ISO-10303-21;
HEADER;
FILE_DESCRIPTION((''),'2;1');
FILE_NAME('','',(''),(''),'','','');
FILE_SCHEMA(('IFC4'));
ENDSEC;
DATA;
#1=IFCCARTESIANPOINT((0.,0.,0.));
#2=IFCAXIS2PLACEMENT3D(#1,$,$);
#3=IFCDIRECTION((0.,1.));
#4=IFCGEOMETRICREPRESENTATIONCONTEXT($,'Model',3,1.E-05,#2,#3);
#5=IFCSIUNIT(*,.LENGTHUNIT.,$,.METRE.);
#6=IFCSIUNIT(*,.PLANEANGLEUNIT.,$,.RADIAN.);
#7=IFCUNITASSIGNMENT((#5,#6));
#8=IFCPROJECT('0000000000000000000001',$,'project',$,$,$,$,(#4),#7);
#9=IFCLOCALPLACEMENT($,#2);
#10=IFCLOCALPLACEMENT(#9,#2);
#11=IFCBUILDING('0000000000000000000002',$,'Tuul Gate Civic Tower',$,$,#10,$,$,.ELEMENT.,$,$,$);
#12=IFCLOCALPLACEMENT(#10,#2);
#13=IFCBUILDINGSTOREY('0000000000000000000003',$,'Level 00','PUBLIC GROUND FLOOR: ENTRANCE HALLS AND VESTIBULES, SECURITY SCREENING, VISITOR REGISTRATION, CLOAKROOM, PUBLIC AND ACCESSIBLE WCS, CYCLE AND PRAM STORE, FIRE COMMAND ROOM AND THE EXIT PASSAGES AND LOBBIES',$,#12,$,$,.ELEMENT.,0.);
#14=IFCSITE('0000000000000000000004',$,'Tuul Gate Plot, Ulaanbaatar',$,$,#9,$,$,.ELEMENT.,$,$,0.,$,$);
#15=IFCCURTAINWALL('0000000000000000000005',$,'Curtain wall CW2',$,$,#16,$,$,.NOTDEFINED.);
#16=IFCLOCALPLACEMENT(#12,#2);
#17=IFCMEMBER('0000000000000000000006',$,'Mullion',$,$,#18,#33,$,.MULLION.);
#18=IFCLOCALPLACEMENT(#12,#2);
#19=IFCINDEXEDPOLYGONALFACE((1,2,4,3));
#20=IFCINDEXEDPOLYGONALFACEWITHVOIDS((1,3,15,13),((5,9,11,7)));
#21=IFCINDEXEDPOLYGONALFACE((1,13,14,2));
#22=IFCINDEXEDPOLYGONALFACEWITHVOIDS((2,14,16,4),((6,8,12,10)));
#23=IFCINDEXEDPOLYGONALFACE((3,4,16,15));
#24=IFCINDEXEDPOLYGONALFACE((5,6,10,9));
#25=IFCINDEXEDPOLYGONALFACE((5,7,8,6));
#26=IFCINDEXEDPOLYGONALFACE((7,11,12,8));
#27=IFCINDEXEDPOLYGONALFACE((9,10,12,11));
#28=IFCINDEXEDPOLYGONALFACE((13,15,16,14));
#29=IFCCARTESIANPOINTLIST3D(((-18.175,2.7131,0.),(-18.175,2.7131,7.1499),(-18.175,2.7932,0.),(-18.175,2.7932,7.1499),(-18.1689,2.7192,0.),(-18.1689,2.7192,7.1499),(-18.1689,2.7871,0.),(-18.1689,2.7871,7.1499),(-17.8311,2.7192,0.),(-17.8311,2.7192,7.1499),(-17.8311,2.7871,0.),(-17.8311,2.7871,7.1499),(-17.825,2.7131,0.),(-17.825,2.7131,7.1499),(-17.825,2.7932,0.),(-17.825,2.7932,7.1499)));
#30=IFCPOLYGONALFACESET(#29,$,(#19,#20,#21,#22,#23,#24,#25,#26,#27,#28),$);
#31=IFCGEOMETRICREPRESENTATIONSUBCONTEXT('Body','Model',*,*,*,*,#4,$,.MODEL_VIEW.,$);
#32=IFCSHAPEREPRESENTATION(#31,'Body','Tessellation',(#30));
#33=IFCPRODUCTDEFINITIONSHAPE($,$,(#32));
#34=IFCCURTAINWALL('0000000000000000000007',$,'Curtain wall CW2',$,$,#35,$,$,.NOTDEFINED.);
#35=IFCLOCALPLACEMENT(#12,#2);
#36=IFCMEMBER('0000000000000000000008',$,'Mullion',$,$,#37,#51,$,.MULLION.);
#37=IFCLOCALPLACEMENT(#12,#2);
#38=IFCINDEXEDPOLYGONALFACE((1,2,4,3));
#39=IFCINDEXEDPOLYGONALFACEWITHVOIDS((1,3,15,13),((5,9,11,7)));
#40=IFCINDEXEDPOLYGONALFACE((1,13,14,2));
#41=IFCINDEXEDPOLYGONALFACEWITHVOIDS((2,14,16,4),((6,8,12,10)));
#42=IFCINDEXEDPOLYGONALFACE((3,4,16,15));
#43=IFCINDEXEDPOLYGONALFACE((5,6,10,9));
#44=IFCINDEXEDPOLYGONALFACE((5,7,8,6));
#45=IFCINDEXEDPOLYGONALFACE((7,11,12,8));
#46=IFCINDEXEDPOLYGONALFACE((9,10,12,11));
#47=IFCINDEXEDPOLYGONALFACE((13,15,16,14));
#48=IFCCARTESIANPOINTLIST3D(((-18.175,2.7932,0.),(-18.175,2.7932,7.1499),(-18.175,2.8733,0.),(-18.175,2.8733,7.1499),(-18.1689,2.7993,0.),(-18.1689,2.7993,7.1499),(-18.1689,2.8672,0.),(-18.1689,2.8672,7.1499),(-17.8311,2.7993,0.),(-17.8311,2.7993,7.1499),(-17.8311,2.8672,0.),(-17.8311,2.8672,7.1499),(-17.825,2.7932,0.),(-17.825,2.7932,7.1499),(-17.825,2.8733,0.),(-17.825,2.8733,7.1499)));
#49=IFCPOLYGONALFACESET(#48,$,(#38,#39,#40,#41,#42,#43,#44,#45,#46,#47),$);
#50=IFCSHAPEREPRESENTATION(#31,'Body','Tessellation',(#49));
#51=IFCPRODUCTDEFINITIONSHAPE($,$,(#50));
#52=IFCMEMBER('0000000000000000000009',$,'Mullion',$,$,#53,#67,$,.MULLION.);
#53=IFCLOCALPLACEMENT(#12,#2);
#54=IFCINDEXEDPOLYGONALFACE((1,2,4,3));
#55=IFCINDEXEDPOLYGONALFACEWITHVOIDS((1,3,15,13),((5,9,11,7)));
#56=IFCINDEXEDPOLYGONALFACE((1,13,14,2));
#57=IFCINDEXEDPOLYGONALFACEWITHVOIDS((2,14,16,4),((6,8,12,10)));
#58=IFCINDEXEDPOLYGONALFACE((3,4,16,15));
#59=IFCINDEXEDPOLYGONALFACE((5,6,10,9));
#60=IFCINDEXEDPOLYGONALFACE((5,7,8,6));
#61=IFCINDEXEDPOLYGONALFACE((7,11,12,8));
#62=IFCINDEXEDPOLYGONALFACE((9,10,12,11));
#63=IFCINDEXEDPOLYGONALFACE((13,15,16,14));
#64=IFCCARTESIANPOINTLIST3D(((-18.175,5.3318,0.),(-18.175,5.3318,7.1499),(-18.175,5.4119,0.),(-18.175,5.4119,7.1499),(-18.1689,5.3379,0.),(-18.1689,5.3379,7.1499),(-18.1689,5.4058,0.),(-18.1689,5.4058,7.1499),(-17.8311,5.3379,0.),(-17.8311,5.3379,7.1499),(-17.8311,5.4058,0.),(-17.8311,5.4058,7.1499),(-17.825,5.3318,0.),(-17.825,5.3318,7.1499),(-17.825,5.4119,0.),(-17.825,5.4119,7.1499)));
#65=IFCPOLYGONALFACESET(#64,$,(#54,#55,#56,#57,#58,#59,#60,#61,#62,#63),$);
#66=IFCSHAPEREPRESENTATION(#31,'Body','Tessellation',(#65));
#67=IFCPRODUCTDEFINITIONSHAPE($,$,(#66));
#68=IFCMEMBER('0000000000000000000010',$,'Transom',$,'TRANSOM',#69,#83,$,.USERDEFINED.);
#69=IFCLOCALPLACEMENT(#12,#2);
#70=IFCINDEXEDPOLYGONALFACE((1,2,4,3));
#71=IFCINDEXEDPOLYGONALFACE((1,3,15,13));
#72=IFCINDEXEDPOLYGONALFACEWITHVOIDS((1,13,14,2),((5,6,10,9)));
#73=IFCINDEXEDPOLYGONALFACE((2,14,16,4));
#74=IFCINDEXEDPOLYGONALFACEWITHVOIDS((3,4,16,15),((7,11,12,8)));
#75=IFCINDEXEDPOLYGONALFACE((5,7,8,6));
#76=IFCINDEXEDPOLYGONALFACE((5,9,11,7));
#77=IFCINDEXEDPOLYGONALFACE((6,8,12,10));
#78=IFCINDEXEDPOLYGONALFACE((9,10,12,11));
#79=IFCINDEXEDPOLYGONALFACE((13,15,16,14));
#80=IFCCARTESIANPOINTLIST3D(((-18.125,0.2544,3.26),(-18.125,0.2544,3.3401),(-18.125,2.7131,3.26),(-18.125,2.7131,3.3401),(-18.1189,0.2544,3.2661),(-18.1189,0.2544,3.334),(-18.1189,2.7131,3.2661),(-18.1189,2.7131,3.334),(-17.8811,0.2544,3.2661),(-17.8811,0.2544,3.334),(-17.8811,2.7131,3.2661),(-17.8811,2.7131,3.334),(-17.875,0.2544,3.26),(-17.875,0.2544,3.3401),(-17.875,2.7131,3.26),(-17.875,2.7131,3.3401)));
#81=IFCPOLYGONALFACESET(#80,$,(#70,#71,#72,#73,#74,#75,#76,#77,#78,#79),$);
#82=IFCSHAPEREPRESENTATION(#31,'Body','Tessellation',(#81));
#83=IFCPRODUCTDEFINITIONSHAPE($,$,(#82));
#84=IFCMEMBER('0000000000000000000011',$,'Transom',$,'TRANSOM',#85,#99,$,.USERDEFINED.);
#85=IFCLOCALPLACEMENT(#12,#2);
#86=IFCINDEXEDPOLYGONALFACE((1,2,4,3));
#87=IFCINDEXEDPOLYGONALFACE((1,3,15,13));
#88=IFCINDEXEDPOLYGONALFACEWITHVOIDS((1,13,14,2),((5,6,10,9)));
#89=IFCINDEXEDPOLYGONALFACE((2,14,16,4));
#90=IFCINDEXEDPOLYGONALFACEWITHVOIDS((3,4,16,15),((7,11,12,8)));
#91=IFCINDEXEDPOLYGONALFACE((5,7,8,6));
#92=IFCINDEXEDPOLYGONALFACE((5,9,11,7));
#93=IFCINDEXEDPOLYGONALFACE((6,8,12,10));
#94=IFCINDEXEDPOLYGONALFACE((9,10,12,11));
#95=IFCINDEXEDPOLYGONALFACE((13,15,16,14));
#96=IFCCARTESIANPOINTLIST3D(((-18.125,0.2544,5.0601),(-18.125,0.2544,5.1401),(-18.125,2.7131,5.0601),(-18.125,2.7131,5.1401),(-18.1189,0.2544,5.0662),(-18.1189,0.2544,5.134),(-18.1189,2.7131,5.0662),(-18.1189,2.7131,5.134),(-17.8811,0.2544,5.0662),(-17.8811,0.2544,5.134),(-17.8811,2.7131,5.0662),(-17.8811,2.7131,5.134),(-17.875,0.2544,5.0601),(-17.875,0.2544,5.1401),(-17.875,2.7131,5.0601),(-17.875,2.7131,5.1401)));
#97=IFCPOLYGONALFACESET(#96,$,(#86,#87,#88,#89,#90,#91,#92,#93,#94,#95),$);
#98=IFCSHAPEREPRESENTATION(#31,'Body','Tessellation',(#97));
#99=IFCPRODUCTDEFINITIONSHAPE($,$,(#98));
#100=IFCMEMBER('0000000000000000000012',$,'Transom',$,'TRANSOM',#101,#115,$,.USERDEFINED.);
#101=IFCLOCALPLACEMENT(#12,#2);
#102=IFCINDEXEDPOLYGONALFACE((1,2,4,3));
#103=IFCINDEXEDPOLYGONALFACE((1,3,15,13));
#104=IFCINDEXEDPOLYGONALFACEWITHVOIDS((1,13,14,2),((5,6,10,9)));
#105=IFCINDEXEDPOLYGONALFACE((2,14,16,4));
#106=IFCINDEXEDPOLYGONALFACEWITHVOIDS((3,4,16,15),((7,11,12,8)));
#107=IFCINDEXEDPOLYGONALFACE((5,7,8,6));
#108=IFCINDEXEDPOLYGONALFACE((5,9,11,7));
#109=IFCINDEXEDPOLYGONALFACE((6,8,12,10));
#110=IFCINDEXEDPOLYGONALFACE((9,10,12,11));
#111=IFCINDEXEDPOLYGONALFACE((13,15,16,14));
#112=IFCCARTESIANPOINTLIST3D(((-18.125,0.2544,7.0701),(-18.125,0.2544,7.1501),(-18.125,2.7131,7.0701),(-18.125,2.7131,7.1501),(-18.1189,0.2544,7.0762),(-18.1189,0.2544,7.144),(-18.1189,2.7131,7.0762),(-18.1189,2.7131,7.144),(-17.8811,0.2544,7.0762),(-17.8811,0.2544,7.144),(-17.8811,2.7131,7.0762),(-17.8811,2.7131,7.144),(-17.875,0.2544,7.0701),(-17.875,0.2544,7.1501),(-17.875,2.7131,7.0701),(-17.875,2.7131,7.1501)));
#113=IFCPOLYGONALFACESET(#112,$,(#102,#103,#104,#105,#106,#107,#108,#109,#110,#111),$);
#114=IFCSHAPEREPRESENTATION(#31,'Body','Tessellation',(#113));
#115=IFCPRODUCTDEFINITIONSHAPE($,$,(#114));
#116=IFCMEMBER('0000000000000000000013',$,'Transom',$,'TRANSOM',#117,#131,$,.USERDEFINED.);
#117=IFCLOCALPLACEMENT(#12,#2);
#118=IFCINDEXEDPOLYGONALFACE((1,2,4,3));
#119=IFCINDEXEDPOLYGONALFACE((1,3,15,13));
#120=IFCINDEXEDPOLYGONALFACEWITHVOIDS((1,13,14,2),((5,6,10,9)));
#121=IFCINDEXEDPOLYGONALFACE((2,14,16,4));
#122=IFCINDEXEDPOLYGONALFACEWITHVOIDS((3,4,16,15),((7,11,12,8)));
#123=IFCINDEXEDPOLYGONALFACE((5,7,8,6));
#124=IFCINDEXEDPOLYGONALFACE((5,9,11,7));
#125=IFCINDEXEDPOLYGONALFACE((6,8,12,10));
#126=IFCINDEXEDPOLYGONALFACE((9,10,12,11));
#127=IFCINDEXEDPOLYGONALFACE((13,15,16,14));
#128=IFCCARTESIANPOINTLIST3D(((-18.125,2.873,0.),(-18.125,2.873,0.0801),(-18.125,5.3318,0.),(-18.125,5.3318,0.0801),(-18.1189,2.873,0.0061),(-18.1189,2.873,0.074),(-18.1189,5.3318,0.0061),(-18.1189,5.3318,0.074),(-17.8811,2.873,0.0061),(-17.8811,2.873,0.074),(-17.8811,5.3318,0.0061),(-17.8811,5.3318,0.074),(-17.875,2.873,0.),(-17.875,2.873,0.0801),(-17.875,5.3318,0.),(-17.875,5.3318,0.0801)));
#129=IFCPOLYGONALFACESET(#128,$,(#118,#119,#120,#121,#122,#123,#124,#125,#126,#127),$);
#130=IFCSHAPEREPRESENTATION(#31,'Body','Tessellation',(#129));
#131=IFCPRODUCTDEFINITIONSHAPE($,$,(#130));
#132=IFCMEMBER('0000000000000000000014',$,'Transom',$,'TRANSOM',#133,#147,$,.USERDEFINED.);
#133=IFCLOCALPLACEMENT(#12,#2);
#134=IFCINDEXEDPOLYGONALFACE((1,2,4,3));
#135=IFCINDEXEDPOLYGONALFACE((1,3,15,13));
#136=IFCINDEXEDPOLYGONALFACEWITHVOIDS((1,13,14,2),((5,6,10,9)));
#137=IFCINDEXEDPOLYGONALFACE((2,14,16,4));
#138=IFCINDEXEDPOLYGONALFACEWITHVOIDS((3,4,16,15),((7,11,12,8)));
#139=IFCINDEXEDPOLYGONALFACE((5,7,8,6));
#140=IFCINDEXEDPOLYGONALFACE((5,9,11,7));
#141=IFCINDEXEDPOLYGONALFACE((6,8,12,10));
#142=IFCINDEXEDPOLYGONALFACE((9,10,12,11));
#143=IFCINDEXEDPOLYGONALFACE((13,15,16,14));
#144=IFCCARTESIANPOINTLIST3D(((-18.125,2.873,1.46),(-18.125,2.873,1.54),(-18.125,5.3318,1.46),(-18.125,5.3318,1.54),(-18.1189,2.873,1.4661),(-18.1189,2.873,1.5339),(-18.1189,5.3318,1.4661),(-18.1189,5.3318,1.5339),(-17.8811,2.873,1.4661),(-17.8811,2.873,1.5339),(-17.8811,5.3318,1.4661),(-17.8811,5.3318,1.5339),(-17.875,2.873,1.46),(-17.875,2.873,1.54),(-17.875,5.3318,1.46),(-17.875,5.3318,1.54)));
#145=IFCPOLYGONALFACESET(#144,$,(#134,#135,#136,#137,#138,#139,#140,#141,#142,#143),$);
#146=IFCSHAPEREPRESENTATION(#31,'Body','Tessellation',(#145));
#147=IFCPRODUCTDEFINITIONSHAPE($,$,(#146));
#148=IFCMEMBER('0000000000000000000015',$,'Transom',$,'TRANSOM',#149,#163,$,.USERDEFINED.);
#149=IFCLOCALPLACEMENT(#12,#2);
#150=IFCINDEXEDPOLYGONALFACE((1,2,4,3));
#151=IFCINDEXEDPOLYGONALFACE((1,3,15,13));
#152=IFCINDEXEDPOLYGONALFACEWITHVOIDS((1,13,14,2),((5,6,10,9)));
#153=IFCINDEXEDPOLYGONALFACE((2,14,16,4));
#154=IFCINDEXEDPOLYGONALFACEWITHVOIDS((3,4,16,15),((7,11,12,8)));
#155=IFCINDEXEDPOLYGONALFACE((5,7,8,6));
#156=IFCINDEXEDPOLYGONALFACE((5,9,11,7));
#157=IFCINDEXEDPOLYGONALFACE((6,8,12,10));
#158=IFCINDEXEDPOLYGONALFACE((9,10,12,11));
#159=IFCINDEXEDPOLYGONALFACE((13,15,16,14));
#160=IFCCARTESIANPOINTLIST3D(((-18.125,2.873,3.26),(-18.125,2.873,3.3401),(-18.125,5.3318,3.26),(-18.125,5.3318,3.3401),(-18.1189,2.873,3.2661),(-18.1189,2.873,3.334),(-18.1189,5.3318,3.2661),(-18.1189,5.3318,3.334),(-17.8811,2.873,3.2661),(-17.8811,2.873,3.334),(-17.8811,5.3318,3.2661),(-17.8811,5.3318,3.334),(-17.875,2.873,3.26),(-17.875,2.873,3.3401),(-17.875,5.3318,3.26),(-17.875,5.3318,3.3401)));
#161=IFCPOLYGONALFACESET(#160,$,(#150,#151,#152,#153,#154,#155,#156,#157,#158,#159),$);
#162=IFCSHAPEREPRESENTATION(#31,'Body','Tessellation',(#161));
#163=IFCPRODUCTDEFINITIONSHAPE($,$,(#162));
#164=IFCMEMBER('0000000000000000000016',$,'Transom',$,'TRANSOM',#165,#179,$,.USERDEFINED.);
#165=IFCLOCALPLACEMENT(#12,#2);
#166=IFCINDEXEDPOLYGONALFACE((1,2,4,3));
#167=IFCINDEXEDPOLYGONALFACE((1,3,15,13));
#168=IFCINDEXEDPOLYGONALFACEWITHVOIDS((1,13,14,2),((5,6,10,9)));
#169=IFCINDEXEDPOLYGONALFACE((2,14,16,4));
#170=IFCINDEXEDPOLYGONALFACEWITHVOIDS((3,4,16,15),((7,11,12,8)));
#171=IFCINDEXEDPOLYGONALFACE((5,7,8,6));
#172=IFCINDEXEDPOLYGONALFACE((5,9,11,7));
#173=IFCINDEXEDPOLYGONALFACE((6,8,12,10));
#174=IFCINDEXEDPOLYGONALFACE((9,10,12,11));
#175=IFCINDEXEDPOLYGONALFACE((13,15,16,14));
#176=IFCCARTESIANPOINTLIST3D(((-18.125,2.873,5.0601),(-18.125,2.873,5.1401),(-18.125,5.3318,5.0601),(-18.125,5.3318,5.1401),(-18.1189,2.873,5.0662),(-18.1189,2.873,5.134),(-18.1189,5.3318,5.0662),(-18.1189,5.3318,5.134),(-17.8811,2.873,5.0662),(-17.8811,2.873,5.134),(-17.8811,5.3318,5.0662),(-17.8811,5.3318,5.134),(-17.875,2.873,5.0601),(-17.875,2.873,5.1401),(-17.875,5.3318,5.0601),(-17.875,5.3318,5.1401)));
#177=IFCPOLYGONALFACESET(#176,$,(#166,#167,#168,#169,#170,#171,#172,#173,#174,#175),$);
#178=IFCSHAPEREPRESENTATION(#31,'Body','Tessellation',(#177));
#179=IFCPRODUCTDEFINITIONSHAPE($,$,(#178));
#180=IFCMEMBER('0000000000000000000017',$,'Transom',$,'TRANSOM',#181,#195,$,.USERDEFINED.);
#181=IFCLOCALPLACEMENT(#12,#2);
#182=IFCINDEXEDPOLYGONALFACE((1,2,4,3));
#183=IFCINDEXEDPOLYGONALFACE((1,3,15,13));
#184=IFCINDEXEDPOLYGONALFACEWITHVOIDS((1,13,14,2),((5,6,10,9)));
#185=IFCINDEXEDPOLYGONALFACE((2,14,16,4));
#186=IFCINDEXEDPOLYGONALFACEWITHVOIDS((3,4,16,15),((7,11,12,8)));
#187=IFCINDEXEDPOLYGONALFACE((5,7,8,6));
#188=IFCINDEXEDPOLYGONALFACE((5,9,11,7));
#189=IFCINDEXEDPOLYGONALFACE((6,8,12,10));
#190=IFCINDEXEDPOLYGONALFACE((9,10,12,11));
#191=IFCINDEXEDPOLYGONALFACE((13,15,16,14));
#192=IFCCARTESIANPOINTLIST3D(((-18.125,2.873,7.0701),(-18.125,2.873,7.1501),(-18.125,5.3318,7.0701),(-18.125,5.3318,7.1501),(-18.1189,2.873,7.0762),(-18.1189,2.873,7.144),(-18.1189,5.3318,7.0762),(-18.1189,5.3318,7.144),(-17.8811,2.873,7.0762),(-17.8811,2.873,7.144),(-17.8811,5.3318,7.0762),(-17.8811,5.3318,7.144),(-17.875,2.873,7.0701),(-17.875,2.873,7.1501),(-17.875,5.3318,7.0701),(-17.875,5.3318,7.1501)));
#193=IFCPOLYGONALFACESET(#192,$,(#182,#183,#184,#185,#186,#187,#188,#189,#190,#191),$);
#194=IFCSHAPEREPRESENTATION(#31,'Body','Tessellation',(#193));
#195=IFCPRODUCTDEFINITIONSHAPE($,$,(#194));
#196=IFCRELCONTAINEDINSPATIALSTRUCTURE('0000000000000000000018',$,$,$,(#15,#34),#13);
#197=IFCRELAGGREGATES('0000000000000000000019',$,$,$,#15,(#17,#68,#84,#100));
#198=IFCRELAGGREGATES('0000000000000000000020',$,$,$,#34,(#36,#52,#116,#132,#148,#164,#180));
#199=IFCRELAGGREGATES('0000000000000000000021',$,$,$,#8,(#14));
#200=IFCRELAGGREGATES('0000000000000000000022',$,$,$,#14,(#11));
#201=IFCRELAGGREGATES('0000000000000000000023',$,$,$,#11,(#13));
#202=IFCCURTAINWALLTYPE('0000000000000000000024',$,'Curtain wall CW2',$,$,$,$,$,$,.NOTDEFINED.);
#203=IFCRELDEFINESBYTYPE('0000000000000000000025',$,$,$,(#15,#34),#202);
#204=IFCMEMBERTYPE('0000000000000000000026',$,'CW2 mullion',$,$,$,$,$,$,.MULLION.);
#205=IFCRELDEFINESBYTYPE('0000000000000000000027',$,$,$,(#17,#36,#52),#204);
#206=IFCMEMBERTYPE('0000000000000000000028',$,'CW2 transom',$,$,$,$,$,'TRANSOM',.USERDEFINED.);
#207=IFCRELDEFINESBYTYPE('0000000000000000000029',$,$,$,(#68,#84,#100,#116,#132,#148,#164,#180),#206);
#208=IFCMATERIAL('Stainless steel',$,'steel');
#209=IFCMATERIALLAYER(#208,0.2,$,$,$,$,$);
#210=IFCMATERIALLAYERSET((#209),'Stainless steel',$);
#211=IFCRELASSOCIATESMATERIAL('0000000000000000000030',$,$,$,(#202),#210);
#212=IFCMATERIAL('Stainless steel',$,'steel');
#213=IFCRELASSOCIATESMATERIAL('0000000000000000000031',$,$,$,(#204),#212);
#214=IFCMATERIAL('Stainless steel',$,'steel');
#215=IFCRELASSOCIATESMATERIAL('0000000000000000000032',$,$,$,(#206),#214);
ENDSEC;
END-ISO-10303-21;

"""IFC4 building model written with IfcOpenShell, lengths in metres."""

from ifc_helpers import new_model, si_unit, direction, frame, origin, origin_2d, place, context, subcontext, project, spatial, hollow_rectangle, extrude, material, layer, layer_set, material_profile, profile_set, type_object, element, aggregate, save


model = new_model("IFC4")

# Units and contexts
model_context = context("Model", 3, precision=1e-05, world=origin(), true_north=direction((0.0, 1.0)))
body_context = subcontext(model_context, "Body", "Model", "MODEL_VIEW")
ifc_project = project(units=[si_unit("LENGTHUNIT", "METRE"), si_unit("PLANEANGLEUNIT", "RADIAN")], contexts=[model_context])

# Site, building, storey
site_placement = place(None, origin())
site = spatial("IfcSite", under=ifc_project, at=site_placement, Name="Tuul Gate Plot, Ulaanbaatar", CompositionType="ELEMENT", RefElevation=0.0)
building_placement = place(site_placement, origin())
building = spatial("IfcBuilding", under=site, at=building_placement, Name="Tuul Gate Civic Tower", CompositionType="ELEMENT")
storey_placement = place(building_placement, origin())
storey = spatial("IfcBuildingStorey", under=building, at=storey_placement, Name="Level 00", Description="PUBLIC GROUND FLOOR: ENTRANCE HALLS AND VESTIBULES, SECURITY SCREENING, VISITOR REGISTRATION, CLOAKROOM, PUBLIC AND ACCESSIBLE WCS, CYCLE AND PRAM STORE, FIRE COMMAND ROOM AND THE EXIT PASSAGES AND LOBBIES", CompositionType="ELEMENT", Elevation=0.0)

# Curtain wall, member
ifc_material_1 = material(Name="Stainless steel", Category="steel")
ifc_layer_1 = layer(ifc_material_1, 0.2)
ifc_layer_set_1 = layer_set([ifc_layer_1], Name="Stainless steel")
curtain_wall_type = type_object("IfcCurtainWallType", Name="Curtain wall CW2", PredefinedType="NOTDEFINED", material=ifc_layer_set_1)
curtain_wall_1_placement = place(storey_placement, origin())
curtain_wall_1 = element("IfcCurtainWall", 1, at=curtain_wall_1_placement, inside=storey, type_object=curtain_wall_type, Name="Curtain wall CW2", PredefinedType="NOTDEFINED")
ifc_material_2 = material(Name="Stainless steel", Category="steel")
ifc_material_profile_1 = material_profile(ifc_material_2, hollow_rectangle(XDim=0.3501, YDim=0.0801, WallThickness=0.0061, at=origin_2d()), Name="CW2 mullion")
ifc_profile_set_1 = profile_set([ifc_material_profile_1], Name="Stainless steel")
member_type_1 = type_object("IfcMemberType", Name="CW2 mullion", PredefinedType="MULLION", material=ifc_profile_set_1)
member_1_placement = place(storey_placement, frame((-18.0, 2.7532, 0.0), z_axis=(0.0, 0.0, 1.0), x_axis=(-1.0, 0.0, 0.0)))
member_1 = element("IfcMember", 2, at=member_1_placement, type_object=member_type_1, Name="Mullion", PredefinedType="MULLION", context=body_context, shape_type="SweptSolid", body=[
    extrude(hollow_rectangle(XDim=0.3501, YDim=0.0801, WallThickness=0.0061, at=origin_2d()), origin(), (0.0, 0.0, 1.0), 7.1499),
])

# Curtain wall, members
curtain_wall_2_placement = place(storey_placement, origin())
curtain_wall_2 = element("IfcCurtainWall", 3, at=curtain_wall_2_placement, inside=storey, type_object=curtain_wall_type, Name="Curtain wall CW2", PredefinedType="NOTDEFINED")
member_2_placement = place(storey_placement, frame((-18.0, 2.8333, 0.0), z_axis=(0.0, 0.0, 1.0), x_axis=(-1.0, 0.0, 0.0)))
member_2 = element("IfcMember", 4, at=member_2_placement, type_object=member_type_1, Name="Mullion", PredefinedType="MULLION", context=body_context, shape_type="SweptSolid", body=[
    extrude(hollow_rectangle(XDim=0.3501, YDim=0.0801, WallThickness=0.0061, at=origin_2d()), origin(), (0.0, 0.0, 1.0), 7.1499),
])
member_3_placement = place(storey_placement, frame((-18.0, 5.3718, 0.0), z_axis=(0.0, 0.0, 1.0), x_axis=(-1.0, 0.0, 0.0)))
member_3 = element("IfcMember", 5, at=member_3_placement, type_object=member_type_1, Name="Mullion", PredefinedType="MULLION", context=body_context, shape_type="SweptSolid", body=[
    extrude(hollow_rectangle(XDim=0.3501, YDim=0.0801, WallThickness=0.0061, at=origin_2d()), origin(), (0.0, 0.0, 1.0), 7.1499),
])

# Members
ifc_material_3 = material(Name="Stainless steel", Category="steel")
ifc_material_profile_2 = material_profile(ifc_material_3, hollow_rectangle(XDim=0.25, YDim=0.0801, WallThickness=0.0061, at=origin_2d()), Name="CW2 transom")
ifc_profile_set_2 = profile_set([ifc_material_profile_2], Name="Stainless steel")
member_type_2 = type_object("IfcMemberType", Name="CW2 transom", ElementType="TRANSOM", PredefinedType="USERDEFINED", material=ifc_profile_set_2)
member_4_placement = place(storey_placement, frame((-18.0, 0.2544, 3.3), z_axis=(0.0, 1.0, 0.0), x_axis=(-1.0, 0.0, 0.0)))
member_4 = element("IfcMember", 6, at=member_4_placement, type_object=member_type_2, Name="Transom", ObjectType="TRANSOM", PredefinedType="USERDEFINED", context=body_context, shape_type="SweptSolid", body=[
    extrude(hollow_rectangle(XDim=0.25, YDim=0.0801, WallThickness=0.0061, at=origin_2d()), origin(), (0.0, 0.0, 1.0), 2.4587),
])
member_5_placement = place(storey_placement, frame((-18.0, 0.2544, 5.1001), z_axis=(0.0, 1.0, 0.0), x_axis=(-1.0, 0.0, 0.0)))
member_5 = element("IfcMember", 7, at=member_5_placement, type_object=member_type_2, Name="Transom", ObjectType="TRANSOM", PredefinedType="USERDEFINED", context=body_context, shape_type="SweptSolid", body=[
    extrude(hollow_rectangle(XDim=0.25, YDim=0.0801, WallThickness=0.0061, at=origin_2d()), origin(), (0.0, 0.0, 1.0), 2.4587),
])
member_6_placement = place(storey_placement, frame((-18.0, 0.2544, 7.1101), z_axis=(0.0, 1.0, 0.0), x_axis=(-1.0, 0.0, 0.0)))
member_6 = element("IfcMember", 8, at=member_6_placement, type_object=member_type_2, Name="Transom", ObjectType="TRANSOM", PredefinedType="USERDEFINED", context=body_context, shape_type="SweptSolid", body=[
    extrude(hollow_rectangle(XDim=0.25, YDim=0.0801, WallThickness=0.0061, at=origin_2d()), origin(), (0.0, 0.0, 1.0), 2.4587),
])
member_7_placement = place(storey_placement, frame((-18.0, 2.873, 0.04), z_axis=(0.0, 1.0, 0.0), x_axis=(-1.0, 0.0, 0.0)))
member_7 = element("IfcMember", 9, at=member_7_placement, type_object=member_type_2, Name="Transom", ObjectType="TRANSOM", PredefinedType="USERDEFINED", context=body_context, shape_type="SweptSolid", body=[
    extrude(hollow_rectangle(XDim=0.25, YDim=0.0801, WallThickness=0.0061, at=origin_2d()), origin(), (0.0, 0.0, 1.0), 2.4587),
])
member_8_placement = place(storey_placement, frame((-18.0, 2.873, 1.5), z_axis=(0.0, 1.0, 0.0), x_axis=(-1.0, 0.0, 0.0)))
member_8 = element("IfcMember", 10, at=member_8_placement, type_object=member_type_2, Name="Transom", ObjectType="TRANSOM", PredefinedType="USERDEFINED", context=body_context, shape_type="SweptSolid", body=[
    extrude(hollow_rectangle(XDim=0.25, YDim=0.0801, WallThickness=0.0061, at=origin_2d()), origin(), (0.0, 0.0, 1.0), 2.4587),
])
member_9_placement = place(storey_placement, frame((-18.0, 2.873, 3.3), z_axis=(0.0, 1.0, 0.0), x_axis=(-1.0, 0.0, 0.0)))
member_9 = element("IfcMember", 11, at=member_9_placement, type_object=member_type_2, Name="Transom", ObjectType="TRANSOM", PredefinedType="USERDEFINED", context=body_context, shape_type="SweptSolid", body=[
    extrude(hollow_rectangle(XDim=0.25, YDim=0.0801, WallThickness=0.0061, at=origin_2d()), origin(), (0.0, 0.0, 1.0), 2.4587),
])
member_10_placement = place(storey_placement, frame((-18.0, 2.873, 5.1001), z_axis=(0.0, 1.0, 0.0), x_axis=(-1.0, 0.0, 0.0)))
member_10 = element("IfcMember", 12, at=member_10_placement, type_object=member_type_2, Name="Transom", ObjectType="TRANSOM", PredefinedType="USERDEFINED", context=body_context, shape_type="SweptSolid", body=[
    extrude(hollow_rectangle(XDim=0.25, YDim=0.0801, WallThickness=0.0061, at=origin_2d()), origin(), (0.0, 0.0, 1.0), 2.4587),
])
member_11_placement = place(storey_placement, frame((-18.0, 2.873, 7.1101), z_axis=(0.0, 1.0, 0.0), x_axis=(-1.0, 0.0, 0.0)))
member_11 = element("IfcMember", 13, at=member_11_placement, type_object=member_type_2, Name="Transom", ObjectType="TRANSOM", PredefinedType="USERDEFINED", context=body_context, shape_type="SweptSolid", body=[
    extrude(hollow_rectangle(XDim=0.25, YDim=0.0801, WallThickness=0.0061, at=origin_2d()), origin(), (0.0, 0.0, 1.0), 2.4587),
])

aggregate(curtain_wall_1, [member_1, member_4, member_5, member_6])
aggregate(curtain_wall_2, [member_2, member_3, member_7, member_8, member_9, member_10, member_11])

save(model, "model.ifc")
